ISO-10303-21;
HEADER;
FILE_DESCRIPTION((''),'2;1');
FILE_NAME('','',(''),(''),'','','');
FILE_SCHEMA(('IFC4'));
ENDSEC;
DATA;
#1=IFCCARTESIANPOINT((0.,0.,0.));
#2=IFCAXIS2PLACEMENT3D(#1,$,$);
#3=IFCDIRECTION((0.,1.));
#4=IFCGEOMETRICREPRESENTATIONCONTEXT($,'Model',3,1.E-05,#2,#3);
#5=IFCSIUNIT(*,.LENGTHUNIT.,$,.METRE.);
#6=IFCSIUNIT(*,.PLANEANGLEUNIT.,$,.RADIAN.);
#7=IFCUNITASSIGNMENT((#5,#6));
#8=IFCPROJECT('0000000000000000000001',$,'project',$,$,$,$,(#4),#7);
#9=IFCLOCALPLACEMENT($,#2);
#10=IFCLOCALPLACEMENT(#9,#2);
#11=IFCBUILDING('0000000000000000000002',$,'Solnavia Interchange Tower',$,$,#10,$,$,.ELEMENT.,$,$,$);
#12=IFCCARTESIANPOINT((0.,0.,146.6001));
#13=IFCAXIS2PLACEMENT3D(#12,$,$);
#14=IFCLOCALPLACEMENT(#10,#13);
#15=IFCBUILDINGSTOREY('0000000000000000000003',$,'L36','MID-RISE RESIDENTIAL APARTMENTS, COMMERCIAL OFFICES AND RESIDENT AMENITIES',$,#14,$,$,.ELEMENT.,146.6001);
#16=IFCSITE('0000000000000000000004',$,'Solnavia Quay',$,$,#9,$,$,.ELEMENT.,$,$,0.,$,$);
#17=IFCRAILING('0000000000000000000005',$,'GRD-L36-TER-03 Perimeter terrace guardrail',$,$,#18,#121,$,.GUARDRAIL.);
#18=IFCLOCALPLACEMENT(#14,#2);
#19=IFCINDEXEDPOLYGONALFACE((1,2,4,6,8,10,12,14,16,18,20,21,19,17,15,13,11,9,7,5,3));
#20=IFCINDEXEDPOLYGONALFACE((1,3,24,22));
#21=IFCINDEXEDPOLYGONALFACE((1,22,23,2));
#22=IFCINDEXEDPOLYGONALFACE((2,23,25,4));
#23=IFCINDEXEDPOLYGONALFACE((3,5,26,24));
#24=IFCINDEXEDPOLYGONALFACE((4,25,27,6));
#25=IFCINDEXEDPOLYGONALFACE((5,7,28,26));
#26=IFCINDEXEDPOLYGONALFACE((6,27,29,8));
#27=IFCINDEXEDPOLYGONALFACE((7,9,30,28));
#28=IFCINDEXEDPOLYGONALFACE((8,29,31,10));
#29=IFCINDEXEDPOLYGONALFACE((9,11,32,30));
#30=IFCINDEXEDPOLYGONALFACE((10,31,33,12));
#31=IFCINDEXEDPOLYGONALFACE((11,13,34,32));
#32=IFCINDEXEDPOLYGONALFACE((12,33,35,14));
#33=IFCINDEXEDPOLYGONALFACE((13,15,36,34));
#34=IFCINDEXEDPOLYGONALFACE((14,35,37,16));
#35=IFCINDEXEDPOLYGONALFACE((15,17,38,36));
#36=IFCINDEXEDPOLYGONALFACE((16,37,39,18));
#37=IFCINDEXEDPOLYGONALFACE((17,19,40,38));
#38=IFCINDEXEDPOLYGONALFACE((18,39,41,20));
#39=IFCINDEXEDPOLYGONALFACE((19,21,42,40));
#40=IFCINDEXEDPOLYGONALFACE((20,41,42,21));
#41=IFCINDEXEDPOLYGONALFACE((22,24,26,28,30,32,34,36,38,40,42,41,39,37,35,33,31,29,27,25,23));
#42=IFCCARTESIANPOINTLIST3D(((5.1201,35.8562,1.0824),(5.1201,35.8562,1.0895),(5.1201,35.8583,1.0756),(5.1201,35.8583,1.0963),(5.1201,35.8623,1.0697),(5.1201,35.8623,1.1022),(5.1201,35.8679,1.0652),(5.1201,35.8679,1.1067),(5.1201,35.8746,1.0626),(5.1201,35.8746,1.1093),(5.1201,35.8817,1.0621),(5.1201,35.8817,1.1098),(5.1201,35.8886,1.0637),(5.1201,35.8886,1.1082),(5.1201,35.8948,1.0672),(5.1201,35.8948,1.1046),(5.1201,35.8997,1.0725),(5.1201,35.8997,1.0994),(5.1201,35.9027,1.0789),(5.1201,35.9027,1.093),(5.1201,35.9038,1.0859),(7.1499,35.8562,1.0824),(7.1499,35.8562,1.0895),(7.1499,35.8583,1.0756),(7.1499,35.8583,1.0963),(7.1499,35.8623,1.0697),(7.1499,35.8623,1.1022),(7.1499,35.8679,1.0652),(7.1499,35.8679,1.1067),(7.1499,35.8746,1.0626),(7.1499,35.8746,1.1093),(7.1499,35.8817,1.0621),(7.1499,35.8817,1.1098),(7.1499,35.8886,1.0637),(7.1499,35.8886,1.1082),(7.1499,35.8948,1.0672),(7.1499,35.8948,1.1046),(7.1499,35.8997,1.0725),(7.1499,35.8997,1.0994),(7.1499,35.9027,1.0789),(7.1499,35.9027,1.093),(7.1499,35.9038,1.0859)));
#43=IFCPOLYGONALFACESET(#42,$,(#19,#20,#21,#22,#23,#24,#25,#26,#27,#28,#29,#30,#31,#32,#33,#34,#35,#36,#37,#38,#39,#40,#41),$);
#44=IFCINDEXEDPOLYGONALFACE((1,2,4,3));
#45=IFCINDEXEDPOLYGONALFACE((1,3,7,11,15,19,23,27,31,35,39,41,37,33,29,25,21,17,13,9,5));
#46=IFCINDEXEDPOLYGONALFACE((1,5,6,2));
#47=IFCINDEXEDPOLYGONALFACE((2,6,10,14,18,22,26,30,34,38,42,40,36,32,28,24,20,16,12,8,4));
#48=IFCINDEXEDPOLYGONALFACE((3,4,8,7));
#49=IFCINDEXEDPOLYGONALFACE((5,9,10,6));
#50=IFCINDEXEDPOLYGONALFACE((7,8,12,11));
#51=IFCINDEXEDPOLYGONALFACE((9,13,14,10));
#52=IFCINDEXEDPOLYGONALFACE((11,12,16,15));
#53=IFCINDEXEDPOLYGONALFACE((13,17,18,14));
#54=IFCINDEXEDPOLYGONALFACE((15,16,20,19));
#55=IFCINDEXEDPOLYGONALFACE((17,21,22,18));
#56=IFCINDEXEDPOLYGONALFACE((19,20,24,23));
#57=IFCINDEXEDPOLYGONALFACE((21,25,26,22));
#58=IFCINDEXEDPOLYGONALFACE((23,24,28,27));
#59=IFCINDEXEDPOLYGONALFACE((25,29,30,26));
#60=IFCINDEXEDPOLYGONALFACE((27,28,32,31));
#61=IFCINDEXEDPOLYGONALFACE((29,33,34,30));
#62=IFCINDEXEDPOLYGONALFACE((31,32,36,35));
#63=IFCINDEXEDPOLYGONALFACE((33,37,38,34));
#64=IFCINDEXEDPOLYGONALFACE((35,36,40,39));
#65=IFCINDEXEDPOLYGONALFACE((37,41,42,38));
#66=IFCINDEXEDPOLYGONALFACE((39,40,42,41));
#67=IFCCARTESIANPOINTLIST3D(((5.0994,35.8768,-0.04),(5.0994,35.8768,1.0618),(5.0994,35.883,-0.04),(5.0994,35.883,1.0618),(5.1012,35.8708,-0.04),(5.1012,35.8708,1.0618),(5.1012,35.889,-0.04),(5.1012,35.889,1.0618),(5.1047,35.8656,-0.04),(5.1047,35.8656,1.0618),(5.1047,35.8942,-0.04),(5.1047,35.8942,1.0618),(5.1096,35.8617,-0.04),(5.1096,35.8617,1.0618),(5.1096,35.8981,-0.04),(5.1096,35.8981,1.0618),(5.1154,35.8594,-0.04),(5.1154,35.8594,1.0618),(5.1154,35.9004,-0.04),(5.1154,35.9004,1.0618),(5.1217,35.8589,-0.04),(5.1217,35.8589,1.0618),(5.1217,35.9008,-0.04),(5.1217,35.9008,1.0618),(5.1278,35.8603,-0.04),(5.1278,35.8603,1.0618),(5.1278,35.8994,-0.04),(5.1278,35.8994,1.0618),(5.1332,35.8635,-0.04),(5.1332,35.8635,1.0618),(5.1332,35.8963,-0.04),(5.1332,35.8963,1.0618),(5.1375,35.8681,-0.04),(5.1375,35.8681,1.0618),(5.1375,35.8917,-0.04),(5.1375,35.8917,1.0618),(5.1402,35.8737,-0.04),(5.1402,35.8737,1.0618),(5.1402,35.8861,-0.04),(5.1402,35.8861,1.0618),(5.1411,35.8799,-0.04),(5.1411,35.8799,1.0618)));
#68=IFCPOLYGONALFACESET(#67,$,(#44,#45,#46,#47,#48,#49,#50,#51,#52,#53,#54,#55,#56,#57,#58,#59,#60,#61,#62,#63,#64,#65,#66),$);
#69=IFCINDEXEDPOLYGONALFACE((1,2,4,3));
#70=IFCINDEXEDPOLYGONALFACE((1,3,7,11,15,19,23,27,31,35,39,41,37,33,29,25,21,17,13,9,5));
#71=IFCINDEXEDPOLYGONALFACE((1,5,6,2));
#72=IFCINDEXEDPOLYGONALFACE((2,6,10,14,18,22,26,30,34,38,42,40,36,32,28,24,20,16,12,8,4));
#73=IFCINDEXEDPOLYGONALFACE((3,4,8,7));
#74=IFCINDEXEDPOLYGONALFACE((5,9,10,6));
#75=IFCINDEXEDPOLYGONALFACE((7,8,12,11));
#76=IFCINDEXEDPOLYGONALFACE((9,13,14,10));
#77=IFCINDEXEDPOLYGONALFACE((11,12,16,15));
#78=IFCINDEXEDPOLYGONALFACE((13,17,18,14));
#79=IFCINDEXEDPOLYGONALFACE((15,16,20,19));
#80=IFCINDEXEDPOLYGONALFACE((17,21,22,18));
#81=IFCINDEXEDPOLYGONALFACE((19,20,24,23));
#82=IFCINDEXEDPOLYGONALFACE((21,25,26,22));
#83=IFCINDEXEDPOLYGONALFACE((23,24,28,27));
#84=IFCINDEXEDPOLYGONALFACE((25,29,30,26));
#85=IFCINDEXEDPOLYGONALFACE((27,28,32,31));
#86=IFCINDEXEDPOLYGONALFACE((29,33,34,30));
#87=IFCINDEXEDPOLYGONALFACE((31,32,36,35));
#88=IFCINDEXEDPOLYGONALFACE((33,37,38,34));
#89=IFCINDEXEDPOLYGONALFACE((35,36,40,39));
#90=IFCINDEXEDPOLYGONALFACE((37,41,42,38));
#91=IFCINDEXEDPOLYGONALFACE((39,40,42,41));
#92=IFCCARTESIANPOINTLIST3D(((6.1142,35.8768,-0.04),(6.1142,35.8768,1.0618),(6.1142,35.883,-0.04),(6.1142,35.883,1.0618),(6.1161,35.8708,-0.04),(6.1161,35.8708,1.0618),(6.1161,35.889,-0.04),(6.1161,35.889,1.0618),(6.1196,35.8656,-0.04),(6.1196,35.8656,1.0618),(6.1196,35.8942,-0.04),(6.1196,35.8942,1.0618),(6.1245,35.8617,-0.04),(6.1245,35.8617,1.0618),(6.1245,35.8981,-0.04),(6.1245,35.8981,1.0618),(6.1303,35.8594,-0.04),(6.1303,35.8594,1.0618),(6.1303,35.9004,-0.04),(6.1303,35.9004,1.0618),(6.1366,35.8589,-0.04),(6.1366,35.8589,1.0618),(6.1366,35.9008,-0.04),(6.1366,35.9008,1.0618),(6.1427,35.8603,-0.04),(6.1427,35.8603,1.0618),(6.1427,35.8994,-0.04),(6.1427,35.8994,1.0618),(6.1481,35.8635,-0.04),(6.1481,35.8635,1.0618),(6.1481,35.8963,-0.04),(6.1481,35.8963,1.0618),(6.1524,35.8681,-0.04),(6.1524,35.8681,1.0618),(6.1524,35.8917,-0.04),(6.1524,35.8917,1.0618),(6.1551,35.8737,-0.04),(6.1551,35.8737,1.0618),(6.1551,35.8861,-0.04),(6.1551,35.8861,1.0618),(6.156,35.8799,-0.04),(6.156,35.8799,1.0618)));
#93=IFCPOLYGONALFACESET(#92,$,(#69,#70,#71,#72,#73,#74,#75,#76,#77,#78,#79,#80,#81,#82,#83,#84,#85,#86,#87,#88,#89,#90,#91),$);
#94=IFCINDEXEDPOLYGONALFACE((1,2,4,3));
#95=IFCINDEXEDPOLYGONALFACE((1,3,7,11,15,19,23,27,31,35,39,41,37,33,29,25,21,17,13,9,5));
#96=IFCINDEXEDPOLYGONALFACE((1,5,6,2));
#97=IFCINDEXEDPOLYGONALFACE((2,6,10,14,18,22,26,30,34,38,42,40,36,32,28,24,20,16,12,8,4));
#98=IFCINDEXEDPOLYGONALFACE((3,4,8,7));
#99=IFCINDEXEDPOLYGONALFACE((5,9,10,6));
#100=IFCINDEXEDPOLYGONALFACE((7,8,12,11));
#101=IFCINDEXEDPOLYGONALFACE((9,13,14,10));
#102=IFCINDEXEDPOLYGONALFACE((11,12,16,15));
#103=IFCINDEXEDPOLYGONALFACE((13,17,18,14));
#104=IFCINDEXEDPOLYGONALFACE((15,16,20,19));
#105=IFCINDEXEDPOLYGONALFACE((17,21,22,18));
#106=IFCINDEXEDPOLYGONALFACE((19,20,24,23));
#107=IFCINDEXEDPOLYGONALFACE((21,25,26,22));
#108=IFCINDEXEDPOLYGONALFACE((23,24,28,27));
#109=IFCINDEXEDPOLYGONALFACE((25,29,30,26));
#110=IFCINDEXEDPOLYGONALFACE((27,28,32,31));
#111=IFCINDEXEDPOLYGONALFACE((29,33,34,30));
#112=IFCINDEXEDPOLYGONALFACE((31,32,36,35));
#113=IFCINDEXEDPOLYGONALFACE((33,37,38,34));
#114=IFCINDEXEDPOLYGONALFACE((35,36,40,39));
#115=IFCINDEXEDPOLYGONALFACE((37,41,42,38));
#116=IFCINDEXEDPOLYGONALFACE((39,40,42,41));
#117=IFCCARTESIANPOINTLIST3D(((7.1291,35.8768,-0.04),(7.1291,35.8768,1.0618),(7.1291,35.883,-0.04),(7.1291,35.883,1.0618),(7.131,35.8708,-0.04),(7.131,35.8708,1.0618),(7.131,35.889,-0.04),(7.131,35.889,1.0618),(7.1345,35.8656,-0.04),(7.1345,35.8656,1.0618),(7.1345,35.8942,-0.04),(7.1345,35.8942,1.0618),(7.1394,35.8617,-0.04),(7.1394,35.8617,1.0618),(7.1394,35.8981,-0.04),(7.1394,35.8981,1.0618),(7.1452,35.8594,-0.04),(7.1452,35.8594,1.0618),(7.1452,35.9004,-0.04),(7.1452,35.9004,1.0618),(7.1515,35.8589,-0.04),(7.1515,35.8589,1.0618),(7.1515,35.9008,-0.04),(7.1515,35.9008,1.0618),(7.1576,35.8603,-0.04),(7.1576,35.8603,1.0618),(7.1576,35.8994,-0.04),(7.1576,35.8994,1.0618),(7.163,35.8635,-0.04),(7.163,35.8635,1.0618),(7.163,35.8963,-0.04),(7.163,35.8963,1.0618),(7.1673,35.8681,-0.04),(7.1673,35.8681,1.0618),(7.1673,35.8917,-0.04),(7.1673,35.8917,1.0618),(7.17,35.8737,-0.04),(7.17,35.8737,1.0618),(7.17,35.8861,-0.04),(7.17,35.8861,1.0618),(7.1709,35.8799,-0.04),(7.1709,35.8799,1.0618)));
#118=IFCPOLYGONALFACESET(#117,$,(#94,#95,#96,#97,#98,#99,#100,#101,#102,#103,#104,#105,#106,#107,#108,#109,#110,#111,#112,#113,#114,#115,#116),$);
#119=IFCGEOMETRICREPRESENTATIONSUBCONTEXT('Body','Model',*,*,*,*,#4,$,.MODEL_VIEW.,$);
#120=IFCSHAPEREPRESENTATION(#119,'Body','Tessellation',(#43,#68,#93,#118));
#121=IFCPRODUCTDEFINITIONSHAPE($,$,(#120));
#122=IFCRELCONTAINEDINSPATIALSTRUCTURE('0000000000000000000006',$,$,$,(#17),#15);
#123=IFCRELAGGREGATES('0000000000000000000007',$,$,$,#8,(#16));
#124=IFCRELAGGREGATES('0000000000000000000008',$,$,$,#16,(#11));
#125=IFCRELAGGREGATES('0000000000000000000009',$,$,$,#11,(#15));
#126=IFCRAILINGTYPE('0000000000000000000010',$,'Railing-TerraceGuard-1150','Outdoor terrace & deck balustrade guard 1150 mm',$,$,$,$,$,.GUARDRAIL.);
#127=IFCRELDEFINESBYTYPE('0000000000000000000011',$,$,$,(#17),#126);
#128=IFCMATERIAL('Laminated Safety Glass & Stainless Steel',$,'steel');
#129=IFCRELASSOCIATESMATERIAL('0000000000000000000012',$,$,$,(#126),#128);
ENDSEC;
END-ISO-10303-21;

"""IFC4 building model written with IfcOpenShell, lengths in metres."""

from ifc_helpers import new_model, si_unit, direction, frame, origin, origin_2d, place, context, subcontext, project, spatial, circle, extrude, material, type_object, element, save


model = new_model("IFC4")

# Units and contexts
model_context = context("Model", 3, precision=1e-05, world=origin(), true_north=direction((0.0, 1.0)))
body_context = subcontext(model_context, "Body", "Model", "MODEL_VIEW")
ifc_project = project(units=[si_unit("LENGTHUNIT", "METRE"), si_unit("PLANEANGLEUNIT", "RADIAN")], contexts=[model_context])

# Site, building, storey
site_placement = place(None, origin())
site = spatial("IfcSite", under=ifc_project, at=site_placement, Name="Solnavia Quay", CompositionType="ELEMENT", RefElevation=0.0)
building_placement = place(site_placement, origin())
building = spatial("IfcBuilding", under=site, at=building_placement, Name="Solnavia Interchange Tower", CompositionType="ELEMENT")
storey_placement = place(building_placement, frame((0.0, 0.0, 146.6001)))
storey = spatial("IfcBuildingStorey", under=building, at=storey_placement, Name="L36", Description="MID-RISE RESIDENTIAL APARTMENTS, COMMERCIAL OFFICES AND RESIDENT AMENITIES", CompositionType="ELEMENT", Elevation=146.6001)

# Railing
ifc_material_1 = material(Name="Laminated Safety Glass & Stainless Steel", Category="steel")
railing_type = type_object("IfcRailingType", Name="Railing-TerraceGuard-1150", Description="Outdoor terrace & deck balustrade guard 1150 mm", PredefinedType="GUARDRAIL", material=ifc_material_1)
railing_placement = place(storey_placement, frame((5.1201, 35.8799, -0.04)))
element("IfcRailing", 1, at=railing_placement, inside=storey, type_object=railing_type, Name="GRD-L36-TER-03 Perimeter terrace guardrail", PredefinedType="GUARDRAIL", context=body_context, shape_type="SweptSolid", body=[
    extrude(circle(Radius=0.0239, at=origin_2d()), frame((0.0, 0.0, 1.126), z_axis=(1.0, 0.0, 0.0), x_axis=(0.0, 1.0, 0.0)), (0.0, 0.0, 1.0), 2.0298),
    extrude(circle(Radius=0.021, at=origin_2d()), origin(), (0.0, 0.0, 1.0), 1.1018),
    extrude(circle(Radius=0.021, at=origin_2d()), frame((1.0149, 0.0, 0.0)), (0.0, 0.0, 1.0), 1.1018),
    extrude(circle(Radius=0.021, at=origin_2d()), frame((2.0298, 0.0, 0.0)), (0.0, 0.0, 1.0), 1.1018),
])

save(model, "model.ifc")
